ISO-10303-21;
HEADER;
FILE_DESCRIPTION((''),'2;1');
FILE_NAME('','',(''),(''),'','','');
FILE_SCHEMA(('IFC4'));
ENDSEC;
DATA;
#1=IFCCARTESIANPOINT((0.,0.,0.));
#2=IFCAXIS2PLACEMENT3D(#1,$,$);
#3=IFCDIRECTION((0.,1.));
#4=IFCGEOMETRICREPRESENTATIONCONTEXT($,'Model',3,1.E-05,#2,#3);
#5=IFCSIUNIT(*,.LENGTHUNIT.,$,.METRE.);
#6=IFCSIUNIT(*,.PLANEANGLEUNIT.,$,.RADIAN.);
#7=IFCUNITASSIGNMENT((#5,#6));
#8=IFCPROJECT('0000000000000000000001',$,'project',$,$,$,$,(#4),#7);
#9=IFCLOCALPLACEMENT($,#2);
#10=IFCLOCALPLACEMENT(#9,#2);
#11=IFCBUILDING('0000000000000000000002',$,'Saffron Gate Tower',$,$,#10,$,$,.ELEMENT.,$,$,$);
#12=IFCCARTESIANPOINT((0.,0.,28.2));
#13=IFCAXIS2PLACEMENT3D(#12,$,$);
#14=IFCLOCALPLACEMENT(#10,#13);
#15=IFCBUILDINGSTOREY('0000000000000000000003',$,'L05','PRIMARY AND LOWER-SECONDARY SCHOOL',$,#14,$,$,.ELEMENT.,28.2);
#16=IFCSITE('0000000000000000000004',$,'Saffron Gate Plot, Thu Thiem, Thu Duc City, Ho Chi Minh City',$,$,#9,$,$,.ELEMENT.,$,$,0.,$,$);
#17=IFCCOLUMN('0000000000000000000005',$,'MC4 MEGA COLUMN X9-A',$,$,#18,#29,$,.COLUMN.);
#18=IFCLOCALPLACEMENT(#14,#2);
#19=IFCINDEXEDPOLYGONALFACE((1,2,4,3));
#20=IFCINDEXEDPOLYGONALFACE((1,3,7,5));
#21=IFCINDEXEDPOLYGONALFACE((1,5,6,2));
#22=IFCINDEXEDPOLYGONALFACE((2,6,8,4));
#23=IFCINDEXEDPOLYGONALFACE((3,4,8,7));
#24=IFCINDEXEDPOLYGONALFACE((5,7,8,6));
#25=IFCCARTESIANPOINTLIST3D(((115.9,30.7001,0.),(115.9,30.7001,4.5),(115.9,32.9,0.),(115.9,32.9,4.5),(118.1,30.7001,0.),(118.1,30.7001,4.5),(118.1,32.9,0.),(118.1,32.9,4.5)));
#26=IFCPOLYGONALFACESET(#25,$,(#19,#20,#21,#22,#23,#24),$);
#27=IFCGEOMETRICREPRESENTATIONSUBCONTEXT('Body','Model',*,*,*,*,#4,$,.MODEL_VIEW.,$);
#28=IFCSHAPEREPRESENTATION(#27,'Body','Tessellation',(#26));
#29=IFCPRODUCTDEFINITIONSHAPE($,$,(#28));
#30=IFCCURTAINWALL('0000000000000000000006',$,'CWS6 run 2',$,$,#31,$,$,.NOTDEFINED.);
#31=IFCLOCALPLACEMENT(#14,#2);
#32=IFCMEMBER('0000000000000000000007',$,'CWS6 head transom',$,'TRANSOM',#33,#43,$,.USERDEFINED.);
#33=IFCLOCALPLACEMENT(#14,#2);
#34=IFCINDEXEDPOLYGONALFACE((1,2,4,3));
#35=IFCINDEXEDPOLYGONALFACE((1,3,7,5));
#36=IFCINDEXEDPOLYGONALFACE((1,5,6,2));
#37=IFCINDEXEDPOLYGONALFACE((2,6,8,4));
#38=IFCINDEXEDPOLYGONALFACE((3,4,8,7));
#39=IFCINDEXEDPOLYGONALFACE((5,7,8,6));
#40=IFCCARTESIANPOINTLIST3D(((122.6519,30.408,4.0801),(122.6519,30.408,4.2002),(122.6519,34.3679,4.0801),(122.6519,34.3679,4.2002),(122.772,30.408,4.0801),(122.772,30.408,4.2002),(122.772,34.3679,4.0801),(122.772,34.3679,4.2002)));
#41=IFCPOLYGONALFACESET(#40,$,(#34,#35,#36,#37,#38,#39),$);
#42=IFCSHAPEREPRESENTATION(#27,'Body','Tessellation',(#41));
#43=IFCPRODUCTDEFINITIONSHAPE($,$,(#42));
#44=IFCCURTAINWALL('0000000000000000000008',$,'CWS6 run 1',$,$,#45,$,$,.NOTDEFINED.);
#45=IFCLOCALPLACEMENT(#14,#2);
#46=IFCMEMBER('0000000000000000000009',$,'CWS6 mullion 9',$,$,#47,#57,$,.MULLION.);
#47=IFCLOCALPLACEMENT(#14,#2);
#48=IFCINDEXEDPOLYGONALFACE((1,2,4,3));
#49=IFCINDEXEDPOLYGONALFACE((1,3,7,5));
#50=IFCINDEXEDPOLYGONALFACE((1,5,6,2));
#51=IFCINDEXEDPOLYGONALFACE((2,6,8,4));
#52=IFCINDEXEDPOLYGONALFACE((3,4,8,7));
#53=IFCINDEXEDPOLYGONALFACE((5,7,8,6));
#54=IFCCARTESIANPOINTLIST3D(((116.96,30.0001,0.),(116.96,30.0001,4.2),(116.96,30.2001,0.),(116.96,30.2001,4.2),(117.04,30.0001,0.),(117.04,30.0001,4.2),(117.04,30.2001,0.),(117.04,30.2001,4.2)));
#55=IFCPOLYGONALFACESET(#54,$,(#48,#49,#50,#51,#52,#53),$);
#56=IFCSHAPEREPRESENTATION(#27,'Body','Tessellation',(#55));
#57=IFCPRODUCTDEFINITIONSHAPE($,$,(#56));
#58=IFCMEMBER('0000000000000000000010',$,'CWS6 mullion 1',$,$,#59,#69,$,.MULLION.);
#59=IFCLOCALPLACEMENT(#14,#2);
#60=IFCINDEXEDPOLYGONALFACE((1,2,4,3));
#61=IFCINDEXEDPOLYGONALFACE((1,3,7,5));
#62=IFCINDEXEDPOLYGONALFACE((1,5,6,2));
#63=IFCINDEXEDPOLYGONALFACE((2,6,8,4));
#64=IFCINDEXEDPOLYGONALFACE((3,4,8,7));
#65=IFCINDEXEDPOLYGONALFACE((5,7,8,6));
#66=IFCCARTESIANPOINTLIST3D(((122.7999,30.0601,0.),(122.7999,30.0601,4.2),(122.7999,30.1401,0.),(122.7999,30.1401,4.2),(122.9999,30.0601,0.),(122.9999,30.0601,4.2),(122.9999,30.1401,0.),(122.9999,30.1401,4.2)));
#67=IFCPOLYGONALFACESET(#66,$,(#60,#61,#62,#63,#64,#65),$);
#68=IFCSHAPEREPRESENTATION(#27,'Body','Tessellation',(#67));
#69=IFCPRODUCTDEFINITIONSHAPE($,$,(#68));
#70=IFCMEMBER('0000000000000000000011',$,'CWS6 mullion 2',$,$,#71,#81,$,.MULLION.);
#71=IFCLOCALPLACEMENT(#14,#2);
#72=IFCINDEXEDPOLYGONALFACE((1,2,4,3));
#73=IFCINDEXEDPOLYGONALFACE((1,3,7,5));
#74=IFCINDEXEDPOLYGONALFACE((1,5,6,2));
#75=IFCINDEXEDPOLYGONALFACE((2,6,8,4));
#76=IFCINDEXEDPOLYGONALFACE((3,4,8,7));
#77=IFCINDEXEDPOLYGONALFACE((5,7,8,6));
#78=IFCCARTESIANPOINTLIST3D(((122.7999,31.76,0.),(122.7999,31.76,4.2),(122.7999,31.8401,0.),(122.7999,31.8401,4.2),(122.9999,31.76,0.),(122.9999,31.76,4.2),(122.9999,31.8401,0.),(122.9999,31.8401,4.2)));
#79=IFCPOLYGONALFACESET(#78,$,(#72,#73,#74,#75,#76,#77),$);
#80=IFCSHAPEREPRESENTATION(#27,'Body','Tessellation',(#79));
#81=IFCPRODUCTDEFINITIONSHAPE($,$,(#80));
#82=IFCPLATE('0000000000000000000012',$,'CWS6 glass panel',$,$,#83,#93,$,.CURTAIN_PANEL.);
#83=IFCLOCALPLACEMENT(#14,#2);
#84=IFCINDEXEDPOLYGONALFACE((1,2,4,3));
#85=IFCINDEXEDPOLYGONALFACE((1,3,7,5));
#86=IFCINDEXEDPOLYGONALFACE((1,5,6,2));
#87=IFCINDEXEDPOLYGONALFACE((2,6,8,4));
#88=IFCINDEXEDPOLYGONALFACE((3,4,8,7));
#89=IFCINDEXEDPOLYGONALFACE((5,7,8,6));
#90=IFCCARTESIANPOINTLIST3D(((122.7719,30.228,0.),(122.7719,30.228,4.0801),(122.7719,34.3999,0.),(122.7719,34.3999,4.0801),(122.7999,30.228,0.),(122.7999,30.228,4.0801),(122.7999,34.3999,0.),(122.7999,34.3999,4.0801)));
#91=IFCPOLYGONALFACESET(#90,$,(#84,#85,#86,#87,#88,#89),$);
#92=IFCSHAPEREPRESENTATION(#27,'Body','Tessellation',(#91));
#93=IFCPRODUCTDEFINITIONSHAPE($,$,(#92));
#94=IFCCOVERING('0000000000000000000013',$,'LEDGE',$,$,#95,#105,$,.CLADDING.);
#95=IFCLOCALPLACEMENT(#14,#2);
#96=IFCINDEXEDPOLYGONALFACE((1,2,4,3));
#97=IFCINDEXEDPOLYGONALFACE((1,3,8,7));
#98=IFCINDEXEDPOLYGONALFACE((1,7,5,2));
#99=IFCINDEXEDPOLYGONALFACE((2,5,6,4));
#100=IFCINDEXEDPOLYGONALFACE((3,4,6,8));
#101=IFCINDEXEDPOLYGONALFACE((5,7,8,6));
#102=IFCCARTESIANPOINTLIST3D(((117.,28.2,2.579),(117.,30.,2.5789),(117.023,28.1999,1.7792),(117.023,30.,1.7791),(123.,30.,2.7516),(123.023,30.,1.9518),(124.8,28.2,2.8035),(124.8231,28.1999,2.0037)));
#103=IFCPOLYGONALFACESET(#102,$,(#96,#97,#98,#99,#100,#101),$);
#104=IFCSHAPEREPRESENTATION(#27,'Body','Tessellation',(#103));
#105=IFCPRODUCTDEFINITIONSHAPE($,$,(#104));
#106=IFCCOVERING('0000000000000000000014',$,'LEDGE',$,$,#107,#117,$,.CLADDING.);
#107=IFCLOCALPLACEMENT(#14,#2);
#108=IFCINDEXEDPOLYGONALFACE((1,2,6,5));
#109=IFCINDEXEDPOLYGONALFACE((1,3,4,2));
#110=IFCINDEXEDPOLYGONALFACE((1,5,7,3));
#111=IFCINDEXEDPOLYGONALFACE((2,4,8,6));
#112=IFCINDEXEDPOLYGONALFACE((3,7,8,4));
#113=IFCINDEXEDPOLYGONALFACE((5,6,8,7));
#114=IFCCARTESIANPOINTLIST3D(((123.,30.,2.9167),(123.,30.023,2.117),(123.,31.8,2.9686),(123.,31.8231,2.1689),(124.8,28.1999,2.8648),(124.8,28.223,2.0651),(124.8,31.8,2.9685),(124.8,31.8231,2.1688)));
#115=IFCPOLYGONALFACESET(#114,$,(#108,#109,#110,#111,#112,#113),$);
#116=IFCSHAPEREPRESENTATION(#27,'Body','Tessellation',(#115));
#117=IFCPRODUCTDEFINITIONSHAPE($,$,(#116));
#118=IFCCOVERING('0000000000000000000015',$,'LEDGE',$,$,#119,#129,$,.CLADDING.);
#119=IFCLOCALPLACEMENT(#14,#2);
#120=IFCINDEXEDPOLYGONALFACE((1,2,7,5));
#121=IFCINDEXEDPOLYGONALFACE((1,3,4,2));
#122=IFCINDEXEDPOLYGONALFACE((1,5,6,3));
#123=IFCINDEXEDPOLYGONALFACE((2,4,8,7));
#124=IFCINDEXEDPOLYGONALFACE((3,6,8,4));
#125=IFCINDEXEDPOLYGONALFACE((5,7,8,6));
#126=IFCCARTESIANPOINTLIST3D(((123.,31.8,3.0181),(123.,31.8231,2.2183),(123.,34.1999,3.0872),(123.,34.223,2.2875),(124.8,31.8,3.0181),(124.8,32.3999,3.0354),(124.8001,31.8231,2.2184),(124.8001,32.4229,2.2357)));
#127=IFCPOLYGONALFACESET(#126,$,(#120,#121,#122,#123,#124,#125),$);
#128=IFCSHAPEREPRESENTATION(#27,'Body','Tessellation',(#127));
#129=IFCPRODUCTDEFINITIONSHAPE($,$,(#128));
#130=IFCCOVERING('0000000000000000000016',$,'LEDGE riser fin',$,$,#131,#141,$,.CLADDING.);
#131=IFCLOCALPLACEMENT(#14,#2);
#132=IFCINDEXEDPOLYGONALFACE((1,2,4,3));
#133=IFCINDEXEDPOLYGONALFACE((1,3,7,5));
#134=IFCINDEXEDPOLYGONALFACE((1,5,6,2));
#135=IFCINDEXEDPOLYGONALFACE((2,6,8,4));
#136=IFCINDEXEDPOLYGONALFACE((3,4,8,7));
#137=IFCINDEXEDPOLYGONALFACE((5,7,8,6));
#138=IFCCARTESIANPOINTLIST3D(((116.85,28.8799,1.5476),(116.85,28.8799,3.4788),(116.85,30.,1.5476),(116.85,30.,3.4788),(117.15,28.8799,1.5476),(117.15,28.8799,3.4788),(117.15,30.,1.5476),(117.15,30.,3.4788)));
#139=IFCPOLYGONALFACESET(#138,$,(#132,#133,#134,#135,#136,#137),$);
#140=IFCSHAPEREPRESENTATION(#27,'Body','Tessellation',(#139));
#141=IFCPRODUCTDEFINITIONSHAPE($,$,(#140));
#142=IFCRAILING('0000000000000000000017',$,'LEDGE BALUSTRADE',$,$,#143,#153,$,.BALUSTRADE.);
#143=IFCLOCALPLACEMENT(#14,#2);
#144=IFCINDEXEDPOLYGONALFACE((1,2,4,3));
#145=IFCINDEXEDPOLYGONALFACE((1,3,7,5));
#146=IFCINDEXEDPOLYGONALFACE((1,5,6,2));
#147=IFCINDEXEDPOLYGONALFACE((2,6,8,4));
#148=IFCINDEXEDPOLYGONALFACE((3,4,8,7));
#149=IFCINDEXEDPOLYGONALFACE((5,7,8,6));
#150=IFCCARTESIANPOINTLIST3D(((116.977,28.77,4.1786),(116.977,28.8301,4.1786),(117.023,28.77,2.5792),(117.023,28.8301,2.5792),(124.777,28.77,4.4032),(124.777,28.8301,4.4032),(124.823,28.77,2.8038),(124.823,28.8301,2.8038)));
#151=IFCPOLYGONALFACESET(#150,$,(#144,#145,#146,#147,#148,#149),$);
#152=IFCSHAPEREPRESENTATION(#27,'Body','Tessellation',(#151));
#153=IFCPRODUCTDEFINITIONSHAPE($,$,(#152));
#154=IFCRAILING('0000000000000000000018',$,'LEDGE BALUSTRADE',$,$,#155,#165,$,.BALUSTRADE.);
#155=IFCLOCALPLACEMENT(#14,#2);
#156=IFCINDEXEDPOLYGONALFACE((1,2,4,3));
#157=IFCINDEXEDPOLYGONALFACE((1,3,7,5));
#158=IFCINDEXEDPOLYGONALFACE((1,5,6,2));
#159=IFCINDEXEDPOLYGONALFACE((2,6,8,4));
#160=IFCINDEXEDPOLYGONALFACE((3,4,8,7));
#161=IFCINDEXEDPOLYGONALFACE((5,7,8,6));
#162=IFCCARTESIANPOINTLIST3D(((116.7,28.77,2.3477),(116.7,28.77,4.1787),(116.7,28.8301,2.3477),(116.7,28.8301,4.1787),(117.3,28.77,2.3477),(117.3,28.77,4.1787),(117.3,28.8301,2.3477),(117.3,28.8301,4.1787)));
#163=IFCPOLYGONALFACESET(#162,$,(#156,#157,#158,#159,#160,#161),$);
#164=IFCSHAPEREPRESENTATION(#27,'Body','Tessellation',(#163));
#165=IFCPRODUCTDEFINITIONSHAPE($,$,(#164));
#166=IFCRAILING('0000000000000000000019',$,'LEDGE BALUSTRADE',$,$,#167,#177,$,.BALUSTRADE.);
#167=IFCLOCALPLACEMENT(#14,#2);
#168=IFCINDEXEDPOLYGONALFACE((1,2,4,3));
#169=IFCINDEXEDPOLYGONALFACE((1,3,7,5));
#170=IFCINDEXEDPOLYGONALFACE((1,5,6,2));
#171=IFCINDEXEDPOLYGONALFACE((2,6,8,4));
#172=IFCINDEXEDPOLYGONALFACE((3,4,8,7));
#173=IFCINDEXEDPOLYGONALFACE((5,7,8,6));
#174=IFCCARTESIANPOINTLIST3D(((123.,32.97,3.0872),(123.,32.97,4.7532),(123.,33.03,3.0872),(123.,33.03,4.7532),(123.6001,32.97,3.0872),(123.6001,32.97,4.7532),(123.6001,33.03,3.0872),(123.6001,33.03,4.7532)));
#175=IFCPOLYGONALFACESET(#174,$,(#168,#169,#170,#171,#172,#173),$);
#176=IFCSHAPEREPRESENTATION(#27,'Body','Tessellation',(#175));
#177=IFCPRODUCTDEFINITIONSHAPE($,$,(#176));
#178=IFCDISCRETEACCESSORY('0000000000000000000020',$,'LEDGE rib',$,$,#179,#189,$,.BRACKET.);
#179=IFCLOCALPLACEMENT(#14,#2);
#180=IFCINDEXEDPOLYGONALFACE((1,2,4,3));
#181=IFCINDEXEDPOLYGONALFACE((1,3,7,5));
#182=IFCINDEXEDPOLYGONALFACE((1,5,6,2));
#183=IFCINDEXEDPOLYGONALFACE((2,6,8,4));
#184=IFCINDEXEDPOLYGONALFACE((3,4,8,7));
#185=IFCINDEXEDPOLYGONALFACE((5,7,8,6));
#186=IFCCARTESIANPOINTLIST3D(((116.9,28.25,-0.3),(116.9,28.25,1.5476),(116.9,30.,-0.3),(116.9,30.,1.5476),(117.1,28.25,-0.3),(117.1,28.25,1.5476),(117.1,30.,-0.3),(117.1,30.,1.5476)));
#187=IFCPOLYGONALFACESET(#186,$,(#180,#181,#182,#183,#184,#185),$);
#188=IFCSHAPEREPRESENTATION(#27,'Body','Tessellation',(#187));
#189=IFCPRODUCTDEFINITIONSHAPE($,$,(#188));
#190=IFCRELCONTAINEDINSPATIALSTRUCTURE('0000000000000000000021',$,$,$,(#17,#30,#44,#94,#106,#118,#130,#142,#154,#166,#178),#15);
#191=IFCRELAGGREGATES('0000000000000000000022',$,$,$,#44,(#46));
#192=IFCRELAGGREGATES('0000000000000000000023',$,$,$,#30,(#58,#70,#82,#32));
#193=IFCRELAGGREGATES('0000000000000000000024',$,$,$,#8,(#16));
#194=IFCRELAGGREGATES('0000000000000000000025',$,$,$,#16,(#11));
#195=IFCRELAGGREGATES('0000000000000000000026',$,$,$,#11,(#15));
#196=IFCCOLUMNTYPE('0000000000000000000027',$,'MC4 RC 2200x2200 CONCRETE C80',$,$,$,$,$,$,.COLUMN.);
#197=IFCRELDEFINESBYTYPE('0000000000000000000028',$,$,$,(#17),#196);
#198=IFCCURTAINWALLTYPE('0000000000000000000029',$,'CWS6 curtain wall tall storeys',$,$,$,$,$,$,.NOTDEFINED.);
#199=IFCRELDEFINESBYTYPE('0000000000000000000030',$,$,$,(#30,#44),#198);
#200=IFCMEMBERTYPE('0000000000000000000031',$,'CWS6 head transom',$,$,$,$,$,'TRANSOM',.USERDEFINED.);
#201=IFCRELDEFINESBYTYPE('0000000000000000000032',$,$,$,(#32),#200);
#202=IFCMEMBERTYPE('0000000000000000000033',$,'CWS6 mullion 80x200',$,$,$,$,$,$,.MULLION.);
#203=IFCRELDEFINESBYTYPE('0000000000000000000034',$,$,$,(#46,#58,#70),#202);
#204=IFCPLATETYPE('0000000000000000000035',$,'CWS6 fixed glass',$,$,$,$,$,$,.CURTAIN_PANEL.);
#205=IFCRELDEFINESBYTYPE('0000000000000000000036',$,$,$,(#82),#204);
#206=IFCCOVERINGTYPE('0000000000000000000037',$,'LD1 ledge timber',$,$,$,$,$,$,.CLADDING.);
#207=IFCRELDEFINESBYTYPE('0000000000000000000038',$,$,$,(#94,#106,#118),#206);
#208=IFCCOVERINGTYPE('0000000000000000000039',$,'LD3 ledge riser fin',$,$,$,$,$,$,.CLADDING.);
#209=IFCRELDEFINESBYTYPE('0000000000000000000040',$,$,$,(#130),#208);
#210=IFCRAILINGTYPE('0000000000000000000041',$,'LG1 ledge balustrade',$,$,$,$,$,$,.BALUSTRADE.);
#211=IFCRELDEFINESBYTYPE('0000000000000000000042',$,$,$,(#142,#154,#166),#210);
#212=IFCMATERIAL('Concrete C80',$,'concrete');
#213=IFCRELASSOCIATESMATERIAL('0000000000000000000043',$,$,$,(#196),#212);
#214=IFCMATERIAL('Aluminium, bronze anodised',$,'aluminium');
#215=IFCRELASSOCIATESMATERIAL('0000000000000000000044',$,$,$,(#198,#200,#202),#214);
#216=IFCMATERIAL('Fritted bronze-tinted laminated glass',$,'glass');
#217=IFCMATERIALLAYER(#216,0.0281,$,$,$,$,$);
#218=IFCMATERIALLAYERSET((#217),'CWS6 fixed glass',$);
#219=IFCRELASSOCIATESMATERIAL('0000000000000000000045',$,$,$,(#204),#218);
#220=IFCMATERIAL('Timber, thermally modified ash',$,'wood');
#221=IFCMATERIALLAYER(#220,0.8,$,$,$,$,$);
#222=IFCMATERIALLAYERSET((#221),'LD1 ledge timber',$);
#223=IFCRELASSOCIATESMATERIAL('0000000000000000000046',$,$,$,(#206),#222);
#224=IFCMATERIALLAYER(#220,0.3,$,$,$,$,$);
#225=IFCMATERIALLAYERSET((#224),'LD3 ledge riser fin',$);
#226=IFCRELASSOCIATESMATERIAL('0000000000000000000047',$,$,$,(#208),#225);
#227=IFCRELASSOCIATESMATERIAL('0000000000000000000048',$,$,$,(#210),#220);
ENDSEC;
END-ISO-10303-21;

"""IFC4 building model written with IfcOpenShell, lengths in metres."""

from ifc_helpers import new_model, si_unit, direction, frame, frame_2d, origin, origin_2d, place, context, subcontext, project, spatial, polyline, rectangle, outline, extrude, material, layer, layer_set, material_profile, profile_set, type_object, element, aggregate, save


model = new_model("IFC4")

# Units and contexts
model_context = context("Model", 3, precision=1e-05, world=origin(), true_north=direction((0.0, 1.0)))
body_context = subcontext(model_context, "Body", "Model", "MODEL_VIEW")
ifc_project = project(units=[si_unit("LENGTHUNIT", "METRE"), si_unit("PLANEANGLEUNIT", "RADIAN")], contexts=[model_context])

# Site, building, storey
site_placement = place(None, origin())
site = spatial("IfcSite", under=ifc_project, at=site_placement, Name="Saffron Gate Plot, Thu Thiem, Thu Duc City, Ho Chi Minh City", CompositionType="ELEMENT", RefElevation=0.0)
building_placement = place(site_placement, origin())
building = spatial("IfcBuilding", under=site, at=building_placement, Name="Saffron Gate Tower", CompositionType="ELEMENT")
storey_placement = place(building_placement, frame((0.0, 0.0, 28.2)))
storey = spatial("IfcBuildingStorey", under=building, at=storey_placement, Name="L05", Description="PRIMARY AND LOWER-SECONDARY SCHOOL", CompositionType="ELEMENT", Elevation=28.2)

# Column
ifc_material_1 = material(Name="Concrete C80", Category="concrete")
ifc_material_profile_1 = material_profile(ifc_material_1, rectangle(XDim=2.2, YDim=2.2, at=origin_2d()))
ifc_profile_set_1 = profile_set([ifc_material_profile_1], Name="Concrete C80")
column_type = type_object("IfcColumnType", Name="MC4 RC 2200x2200 CONCRETE C80", PredefinedType="COLUMN", material=ifc_profile_set_1)
column_placement = place(storey_placement, frame((117.0, 31.8, 0.0), z_axis=(0.0, 0.0, 1.0), x_axis=(1.0, 0.0, 0.0)))
element("IfcColumn", 1, at=column_placement, inside=storey, type_object=column_type, Name="MC4 MEGA COLUMN X9-A", PredefinedType="COLUMN", context=body_context, shape_type="SweptSolid", body=[
    extrude(rectangle(XDim=2.2, YDim=2.2, at=origin_2d()), origin(), (0.0, 0.0, 1.0), 4.5),
])

# Curtain walls, members
ifc_material_2 = material(Name="Aluminium, bronze anodised", Category="aluminium")
curtain_wall_type = type_object("IfcCurtainWallType", Name="CWS6 curtain wall tall storeys", PredefinedType="NOTDEFINED", material=ifc_material_2)
curtain_wall_1_placement = place(storey_placement, origin())
curtain_wall_1 = element("IfcCurtainWall", 2, at=curtain_wall_1_placement, inside=storey, type_object=curtain_wall_type, Name="CWS6 run 2", PredefinedType="NOTDEFINED")
ifc_material_profile_2 = material_profile(ifc_material_2, rectangle(XDim=0.1201, YDim=0.1201, at=origin_2d()))
ifc_profile_set_2 = profile_set([ifc_material_profile_2], Name="Aluminium, bronze anodised")
member_type_1 = type_object("IfcMemberType", Name="CWS6 head transom", ElementType="TRANSOM", PredefinedType="USERDEFINED", material=ifc_profile_set_2)
member_1_placement = place(storey_placement, frame((122.7119, 30.408, 4.1401), z_axis=(0.0, 1.0, 0.0), x_axis=(-1.0, 0.0, 0.0)))
member_1 = element("IfcMember", 3, at=member_1_placement, type_object=member_type_1, Name="CWS6 head transom", ObjectType="TRANSOM", PredefinedType="USERDEFINED", context=body_context, shape_type="SweptSolid", body=[
    extrude(rectangle(XDim=0.1201, YDim=0.1201, at=origin_2d()), origin(), (0.0, 0.0, 1.0), 3.96),
])
curtain_wall_2_placement = place(storey_placement, origin())
curtain_wall_2 = element("IfcCurtainWall", 4, at=curtain_wall_2_placement, inside=storey, type_object=curtain_wall_type, Name="CWS6 run 1", PredefinedType="NOTDEFINED")
ifc_material_profile_3 = material_profile(ifc_material_2, rectangle(XDim=0.2, YDim=0.0801, at=origin_2d()))
ifc_profile_set_3 = profile_set([ifc_material_profile_3], Name="Aluminium, bronze anodised")
member_type_2 = type_object("IfcMemberType", Name="CWS6 mullion 80x200", PredefinedType="MULLION", material=ifc_profile_set_3)
member_2_placement = place(storey_placement, frame((117.0, 30.1001, 0.0), z_axis=(0.0, 0.0, 1.0), x_axis=(0.0, 1.0, 0.0)))
member_2 = element("IfcMember", 5, at=member_2_placement, type_object=member_type_2, Name="CWS6 mullion 9", PredefinedType="MULLION", context=body_context, shape_type="SweptSolid", body=[
    extrude(rectangle(XDim=0.2, YDim=0.0801, at=origin_2d()), origin(), (0.0, 0.0, 1.0), 4.2),
])
aggregate(curtain_wall_2, [member_2])

# Members
member_3_placement = place(storey_placement, frame((122.8999, 30.1001, 0.0), z_axis=(0.0, 0.0, 1.0), x_axis=(-1.0, 0.0, 0.0)))
member_3 = element("IfcMember", 6, at=member_3_placement, type_object=member_type_2, Name="CWS6 mullion 1", PredefinedType="MULLION", context=body_context, shape_type="SweptSolid", body=[
    extrude(rectangle(XDim=0.2, YDim=0.0801, at=origin_2d()), origin(), (0.0, 0.0, 1.0), 4.2),
])
member_4_placement = place(storey_placement, frame((122.8999, 31.8, 0.0), z_axis=(0.0, 0.0, 1.0), x_axis=(-1.0, 0.0, 0.0)))
member_4 = element("IfcMember", 7, at=member_4_placement, type_object=member_type_2, Name="CWS6 mullion 2", PredefinedType="MULLION", context=body_context, shape_type="SweptSolid", body=[
    extrude(rectangle(XDim=0.2, YDim=0.0801, at=origin_2d()), origin(), (0.0, 0.0, 1.0), 4.2),
])

# Plate
ifc_material_3 = material(Name="Fritted bronze-tinted laminated glass", Category="glass")
ifc_layer_1 = layer(ifc_material_3, 0.0281)
ifc_layer_set_1 = layer_set([ifc_layer_1], Name="CWS6 fixed glass")
plate_type = type_object("IfcPlateType", Name="CWS6 fixed glass", PredefinedType="CURTAIN_PANEL", material=ifc_layer_set_1)
plate_placement = place(storey_placement, frame((122.7859, 30.228, 0.0), z_axis=(0.0, 0.0, 1.0), x_axis=(0.0, 1.0, 0.0)))
plate = element("IfcPlate", 8, at=plate_placement, type_object=plate_type, Name="CWS6 glass panel", PredefinedType="CURTAIN_PANEL", context=body_context, shape_type="SweptSolid", body=[
    extrude(rectangle(XDim=4.1719, YDim=0.0281, at=frame_2d((2.0859, 0.0))), origin(), (0.0, 0.0, 1.0), 4.0801),
])
aggregate(curtain_wall_1, [member_3, member_4, plate, member_1])

# Coverings
ifc_material_4 = material(Name="Timber, thermally modified ash", Category="wood")
ifc_layer_2 = layer(ifc_material_4, 0.8)
ifc_layer_set_2 = layer_set([ifc_layer_2], Name="LD1 ledge timber")
covering_type_1 = type_object("IfcCoveringType", Name="LD1 ledge timber", PredefinedType="CLADDING", material=ifc_layer_set_2)
covering_1_placement = place(storey_placement, frame((117.0, 30.0, 2.5789), z_axis=(-0.028772, 0.000053, 0.999586), x_axis=(0.999586, 0.0, 0.028772)))
element("IfcCovering", 9, at=covering_1_placement, inside=storey, type_object=covering_type_1, Name="LEDGE", PredefinedType="CLADDING", context=body_context, shape_type="SweptSolid", body=[
    extrude(outline(polyline([(0.0, 0.0), (6.0025, 0.0), (7.8033, -1.8), (0.0, -1.8), (0.0, 0.0)])), origin(), (0.0, 0.0, -1.0), 0.8),
])
covering_2_placement = place(storey_placement, frame((123.0, 30.0, 2.9167), z_axis=(0.000045, -0.028787, 0.999586), x_axis=(0.0, 0.999586, 0.028787)))
element("IfcCovering", 10, at=covering_2_placement, inside=storey, type_object=covering_type_1, Name="LEDGE", PredefinedType="CLADDING", context=body_context, shape_type="SweptSolid", body=[
    extrude(outline(polyline([(0.0, 0.0), (1.8008, 0.0), (1.8008, -1.8), (-1.8008, -1.8), (0.0, 0.0)])), origin(), (0.0, 0.0, -1.0), 0.8),
])
covering_3_placement = place(storey_placement, frame((123.0, 31.8, 3.0181), z_axis=(-0.000029, -0.028799, 0.999585), x_axis=(0.0, 0.999585, 0.028799)))
element("IfcCovering", 11, at=covering_3_placement, inside=storey, type_object=covering_type_1, Name="LEDGE", PredefinedType="CLADDING", context=body_context, shape_type="SweptSolid", body=[
    extrude(outline(polyline([(0.0, 0.0), (2.4009, 0.0), (0.6001, -1.8), (0.0, -1.8), (0.0, 0.0)])), origin(), (0.0, 0.0, -1.0), 0.8),
])
ifc_layer_3 = layer(ifc_material_4, 0.3)
ifc_layer_set_3 = layer_set([ifc_layer_3], Name="LD3 ledge riser fin")
covering_type_2 = type_object("IfcCoveringType", Name="LD3 ledge riser fin", PredefinedType="CLADDING", material=ifc_layer_set_3)
covering_4_placement = place(storey_placement, frame((117.0, 29.4399, 1.5476), z_axis=(0.0, 0.0, 1.0), x_axis=(1.0, 0.0, 0.0)))
element("IfcCovering", 12, at=covering_4_placement, inside=storey, type_object=covering_type_2, Name="LEDGE riser fin", PredefinedType="CLADDING", context=body_context, shape_type="SweptSolid", body=[
    extrude(rectangle(XDim=0.3, YDim=1.1201, at=origin_2d()), origin(), (0.0, 0.0, 1.0), 1.9312),
])

# Railings
railing_type = type_object("IfcRailingType", Name="LG1 ledge balustrade", PredefinedType="BALUSTRADE", material=ifc_material_4)
railing_1_placement = place(storey_placement, frame((117.0, 28.8, 2.5789)))
element("IfcRailing", 13, at=railing_1_placement, inside=storey, type_object=railing_type, Name="LEDGE BALUSTRADE", PredefinedType="BALUSTRADE", context=body_context, shape_type="SweptSolid", body=[
    extrude(rectangle(XDim=0.0601, YDim=1.6001, at=origin_2d()), frame((0.0, 0.0, 0.8), z_axis=(0.999586, 0.0, 0.028784), x_axis=(0.0, 1.0, 0.0)), (0.0, 0.0, 1.0), 7.8032),
])
railing_2_placement = place(storey_placement, frame((116.7, 28.8, 2.3477)))
element("IfcRailing", 14, at=railing_2_placement, inside=storey, type_object=railing_type, Name="LEDGE BALUSTRADE", PredefinedType="BALUSTRADE", context=body_context, shape_type="SweptSolid", body=[
    extrude(rectangle(XDim=0.0601, YDim=1.8311, at=origin_2d()), frame((0.0, 0.0, 0.9155), z_axis=(1.0, 0.0, 0.0), x_axis=(0.0, 1.0, 0.0)), (0.0, 0.0, 1.0), 0.6001),
])
railing_3_placement = place(storey_placement, frame((123.0, 33.0, 3.0872)))
element("IfcRailing", 15, at=railing_3_placement, inside=storey, type_object=railing_type, Name="LEDGE BALUSTRADE", PredefinedType="BALUSTRADE", context=body_context, shape_type="SweptSolid", body=[
    extrude(rectangle(XDim=0.0601, YDim=1.666, at=origin_2d()), frame((0.0, 0.0, 0.833), z_axis=(1.0, 0.0, 0.0), x_axis=(0.0, 1.0, 0.0)), (0.0, 0.0, 1.0), 0.6001),
])

# Discrete accessory
discrete_accessory_placement = place(storey_placement, frame((117.0, 29.125, -0.3), z_axis=(0.0, 0.0, 1.0), x_axis=(1.0, 0.0, 0.0)))
element("IfcDiscreteAccessory", 16, at=discrete_accessory_placement, inside=storey, Name="LEDGE rib", PredefinedType="BRACKET", context=body_context, shape_type="SweptSolid", body=[
    extrude(rectangle(XDim=0.2, YDim=1.75, at=origin_2d()), origin(), (0.0, 0.0, 1.0), 1.8477),
])

save(model, "model.ifc")
